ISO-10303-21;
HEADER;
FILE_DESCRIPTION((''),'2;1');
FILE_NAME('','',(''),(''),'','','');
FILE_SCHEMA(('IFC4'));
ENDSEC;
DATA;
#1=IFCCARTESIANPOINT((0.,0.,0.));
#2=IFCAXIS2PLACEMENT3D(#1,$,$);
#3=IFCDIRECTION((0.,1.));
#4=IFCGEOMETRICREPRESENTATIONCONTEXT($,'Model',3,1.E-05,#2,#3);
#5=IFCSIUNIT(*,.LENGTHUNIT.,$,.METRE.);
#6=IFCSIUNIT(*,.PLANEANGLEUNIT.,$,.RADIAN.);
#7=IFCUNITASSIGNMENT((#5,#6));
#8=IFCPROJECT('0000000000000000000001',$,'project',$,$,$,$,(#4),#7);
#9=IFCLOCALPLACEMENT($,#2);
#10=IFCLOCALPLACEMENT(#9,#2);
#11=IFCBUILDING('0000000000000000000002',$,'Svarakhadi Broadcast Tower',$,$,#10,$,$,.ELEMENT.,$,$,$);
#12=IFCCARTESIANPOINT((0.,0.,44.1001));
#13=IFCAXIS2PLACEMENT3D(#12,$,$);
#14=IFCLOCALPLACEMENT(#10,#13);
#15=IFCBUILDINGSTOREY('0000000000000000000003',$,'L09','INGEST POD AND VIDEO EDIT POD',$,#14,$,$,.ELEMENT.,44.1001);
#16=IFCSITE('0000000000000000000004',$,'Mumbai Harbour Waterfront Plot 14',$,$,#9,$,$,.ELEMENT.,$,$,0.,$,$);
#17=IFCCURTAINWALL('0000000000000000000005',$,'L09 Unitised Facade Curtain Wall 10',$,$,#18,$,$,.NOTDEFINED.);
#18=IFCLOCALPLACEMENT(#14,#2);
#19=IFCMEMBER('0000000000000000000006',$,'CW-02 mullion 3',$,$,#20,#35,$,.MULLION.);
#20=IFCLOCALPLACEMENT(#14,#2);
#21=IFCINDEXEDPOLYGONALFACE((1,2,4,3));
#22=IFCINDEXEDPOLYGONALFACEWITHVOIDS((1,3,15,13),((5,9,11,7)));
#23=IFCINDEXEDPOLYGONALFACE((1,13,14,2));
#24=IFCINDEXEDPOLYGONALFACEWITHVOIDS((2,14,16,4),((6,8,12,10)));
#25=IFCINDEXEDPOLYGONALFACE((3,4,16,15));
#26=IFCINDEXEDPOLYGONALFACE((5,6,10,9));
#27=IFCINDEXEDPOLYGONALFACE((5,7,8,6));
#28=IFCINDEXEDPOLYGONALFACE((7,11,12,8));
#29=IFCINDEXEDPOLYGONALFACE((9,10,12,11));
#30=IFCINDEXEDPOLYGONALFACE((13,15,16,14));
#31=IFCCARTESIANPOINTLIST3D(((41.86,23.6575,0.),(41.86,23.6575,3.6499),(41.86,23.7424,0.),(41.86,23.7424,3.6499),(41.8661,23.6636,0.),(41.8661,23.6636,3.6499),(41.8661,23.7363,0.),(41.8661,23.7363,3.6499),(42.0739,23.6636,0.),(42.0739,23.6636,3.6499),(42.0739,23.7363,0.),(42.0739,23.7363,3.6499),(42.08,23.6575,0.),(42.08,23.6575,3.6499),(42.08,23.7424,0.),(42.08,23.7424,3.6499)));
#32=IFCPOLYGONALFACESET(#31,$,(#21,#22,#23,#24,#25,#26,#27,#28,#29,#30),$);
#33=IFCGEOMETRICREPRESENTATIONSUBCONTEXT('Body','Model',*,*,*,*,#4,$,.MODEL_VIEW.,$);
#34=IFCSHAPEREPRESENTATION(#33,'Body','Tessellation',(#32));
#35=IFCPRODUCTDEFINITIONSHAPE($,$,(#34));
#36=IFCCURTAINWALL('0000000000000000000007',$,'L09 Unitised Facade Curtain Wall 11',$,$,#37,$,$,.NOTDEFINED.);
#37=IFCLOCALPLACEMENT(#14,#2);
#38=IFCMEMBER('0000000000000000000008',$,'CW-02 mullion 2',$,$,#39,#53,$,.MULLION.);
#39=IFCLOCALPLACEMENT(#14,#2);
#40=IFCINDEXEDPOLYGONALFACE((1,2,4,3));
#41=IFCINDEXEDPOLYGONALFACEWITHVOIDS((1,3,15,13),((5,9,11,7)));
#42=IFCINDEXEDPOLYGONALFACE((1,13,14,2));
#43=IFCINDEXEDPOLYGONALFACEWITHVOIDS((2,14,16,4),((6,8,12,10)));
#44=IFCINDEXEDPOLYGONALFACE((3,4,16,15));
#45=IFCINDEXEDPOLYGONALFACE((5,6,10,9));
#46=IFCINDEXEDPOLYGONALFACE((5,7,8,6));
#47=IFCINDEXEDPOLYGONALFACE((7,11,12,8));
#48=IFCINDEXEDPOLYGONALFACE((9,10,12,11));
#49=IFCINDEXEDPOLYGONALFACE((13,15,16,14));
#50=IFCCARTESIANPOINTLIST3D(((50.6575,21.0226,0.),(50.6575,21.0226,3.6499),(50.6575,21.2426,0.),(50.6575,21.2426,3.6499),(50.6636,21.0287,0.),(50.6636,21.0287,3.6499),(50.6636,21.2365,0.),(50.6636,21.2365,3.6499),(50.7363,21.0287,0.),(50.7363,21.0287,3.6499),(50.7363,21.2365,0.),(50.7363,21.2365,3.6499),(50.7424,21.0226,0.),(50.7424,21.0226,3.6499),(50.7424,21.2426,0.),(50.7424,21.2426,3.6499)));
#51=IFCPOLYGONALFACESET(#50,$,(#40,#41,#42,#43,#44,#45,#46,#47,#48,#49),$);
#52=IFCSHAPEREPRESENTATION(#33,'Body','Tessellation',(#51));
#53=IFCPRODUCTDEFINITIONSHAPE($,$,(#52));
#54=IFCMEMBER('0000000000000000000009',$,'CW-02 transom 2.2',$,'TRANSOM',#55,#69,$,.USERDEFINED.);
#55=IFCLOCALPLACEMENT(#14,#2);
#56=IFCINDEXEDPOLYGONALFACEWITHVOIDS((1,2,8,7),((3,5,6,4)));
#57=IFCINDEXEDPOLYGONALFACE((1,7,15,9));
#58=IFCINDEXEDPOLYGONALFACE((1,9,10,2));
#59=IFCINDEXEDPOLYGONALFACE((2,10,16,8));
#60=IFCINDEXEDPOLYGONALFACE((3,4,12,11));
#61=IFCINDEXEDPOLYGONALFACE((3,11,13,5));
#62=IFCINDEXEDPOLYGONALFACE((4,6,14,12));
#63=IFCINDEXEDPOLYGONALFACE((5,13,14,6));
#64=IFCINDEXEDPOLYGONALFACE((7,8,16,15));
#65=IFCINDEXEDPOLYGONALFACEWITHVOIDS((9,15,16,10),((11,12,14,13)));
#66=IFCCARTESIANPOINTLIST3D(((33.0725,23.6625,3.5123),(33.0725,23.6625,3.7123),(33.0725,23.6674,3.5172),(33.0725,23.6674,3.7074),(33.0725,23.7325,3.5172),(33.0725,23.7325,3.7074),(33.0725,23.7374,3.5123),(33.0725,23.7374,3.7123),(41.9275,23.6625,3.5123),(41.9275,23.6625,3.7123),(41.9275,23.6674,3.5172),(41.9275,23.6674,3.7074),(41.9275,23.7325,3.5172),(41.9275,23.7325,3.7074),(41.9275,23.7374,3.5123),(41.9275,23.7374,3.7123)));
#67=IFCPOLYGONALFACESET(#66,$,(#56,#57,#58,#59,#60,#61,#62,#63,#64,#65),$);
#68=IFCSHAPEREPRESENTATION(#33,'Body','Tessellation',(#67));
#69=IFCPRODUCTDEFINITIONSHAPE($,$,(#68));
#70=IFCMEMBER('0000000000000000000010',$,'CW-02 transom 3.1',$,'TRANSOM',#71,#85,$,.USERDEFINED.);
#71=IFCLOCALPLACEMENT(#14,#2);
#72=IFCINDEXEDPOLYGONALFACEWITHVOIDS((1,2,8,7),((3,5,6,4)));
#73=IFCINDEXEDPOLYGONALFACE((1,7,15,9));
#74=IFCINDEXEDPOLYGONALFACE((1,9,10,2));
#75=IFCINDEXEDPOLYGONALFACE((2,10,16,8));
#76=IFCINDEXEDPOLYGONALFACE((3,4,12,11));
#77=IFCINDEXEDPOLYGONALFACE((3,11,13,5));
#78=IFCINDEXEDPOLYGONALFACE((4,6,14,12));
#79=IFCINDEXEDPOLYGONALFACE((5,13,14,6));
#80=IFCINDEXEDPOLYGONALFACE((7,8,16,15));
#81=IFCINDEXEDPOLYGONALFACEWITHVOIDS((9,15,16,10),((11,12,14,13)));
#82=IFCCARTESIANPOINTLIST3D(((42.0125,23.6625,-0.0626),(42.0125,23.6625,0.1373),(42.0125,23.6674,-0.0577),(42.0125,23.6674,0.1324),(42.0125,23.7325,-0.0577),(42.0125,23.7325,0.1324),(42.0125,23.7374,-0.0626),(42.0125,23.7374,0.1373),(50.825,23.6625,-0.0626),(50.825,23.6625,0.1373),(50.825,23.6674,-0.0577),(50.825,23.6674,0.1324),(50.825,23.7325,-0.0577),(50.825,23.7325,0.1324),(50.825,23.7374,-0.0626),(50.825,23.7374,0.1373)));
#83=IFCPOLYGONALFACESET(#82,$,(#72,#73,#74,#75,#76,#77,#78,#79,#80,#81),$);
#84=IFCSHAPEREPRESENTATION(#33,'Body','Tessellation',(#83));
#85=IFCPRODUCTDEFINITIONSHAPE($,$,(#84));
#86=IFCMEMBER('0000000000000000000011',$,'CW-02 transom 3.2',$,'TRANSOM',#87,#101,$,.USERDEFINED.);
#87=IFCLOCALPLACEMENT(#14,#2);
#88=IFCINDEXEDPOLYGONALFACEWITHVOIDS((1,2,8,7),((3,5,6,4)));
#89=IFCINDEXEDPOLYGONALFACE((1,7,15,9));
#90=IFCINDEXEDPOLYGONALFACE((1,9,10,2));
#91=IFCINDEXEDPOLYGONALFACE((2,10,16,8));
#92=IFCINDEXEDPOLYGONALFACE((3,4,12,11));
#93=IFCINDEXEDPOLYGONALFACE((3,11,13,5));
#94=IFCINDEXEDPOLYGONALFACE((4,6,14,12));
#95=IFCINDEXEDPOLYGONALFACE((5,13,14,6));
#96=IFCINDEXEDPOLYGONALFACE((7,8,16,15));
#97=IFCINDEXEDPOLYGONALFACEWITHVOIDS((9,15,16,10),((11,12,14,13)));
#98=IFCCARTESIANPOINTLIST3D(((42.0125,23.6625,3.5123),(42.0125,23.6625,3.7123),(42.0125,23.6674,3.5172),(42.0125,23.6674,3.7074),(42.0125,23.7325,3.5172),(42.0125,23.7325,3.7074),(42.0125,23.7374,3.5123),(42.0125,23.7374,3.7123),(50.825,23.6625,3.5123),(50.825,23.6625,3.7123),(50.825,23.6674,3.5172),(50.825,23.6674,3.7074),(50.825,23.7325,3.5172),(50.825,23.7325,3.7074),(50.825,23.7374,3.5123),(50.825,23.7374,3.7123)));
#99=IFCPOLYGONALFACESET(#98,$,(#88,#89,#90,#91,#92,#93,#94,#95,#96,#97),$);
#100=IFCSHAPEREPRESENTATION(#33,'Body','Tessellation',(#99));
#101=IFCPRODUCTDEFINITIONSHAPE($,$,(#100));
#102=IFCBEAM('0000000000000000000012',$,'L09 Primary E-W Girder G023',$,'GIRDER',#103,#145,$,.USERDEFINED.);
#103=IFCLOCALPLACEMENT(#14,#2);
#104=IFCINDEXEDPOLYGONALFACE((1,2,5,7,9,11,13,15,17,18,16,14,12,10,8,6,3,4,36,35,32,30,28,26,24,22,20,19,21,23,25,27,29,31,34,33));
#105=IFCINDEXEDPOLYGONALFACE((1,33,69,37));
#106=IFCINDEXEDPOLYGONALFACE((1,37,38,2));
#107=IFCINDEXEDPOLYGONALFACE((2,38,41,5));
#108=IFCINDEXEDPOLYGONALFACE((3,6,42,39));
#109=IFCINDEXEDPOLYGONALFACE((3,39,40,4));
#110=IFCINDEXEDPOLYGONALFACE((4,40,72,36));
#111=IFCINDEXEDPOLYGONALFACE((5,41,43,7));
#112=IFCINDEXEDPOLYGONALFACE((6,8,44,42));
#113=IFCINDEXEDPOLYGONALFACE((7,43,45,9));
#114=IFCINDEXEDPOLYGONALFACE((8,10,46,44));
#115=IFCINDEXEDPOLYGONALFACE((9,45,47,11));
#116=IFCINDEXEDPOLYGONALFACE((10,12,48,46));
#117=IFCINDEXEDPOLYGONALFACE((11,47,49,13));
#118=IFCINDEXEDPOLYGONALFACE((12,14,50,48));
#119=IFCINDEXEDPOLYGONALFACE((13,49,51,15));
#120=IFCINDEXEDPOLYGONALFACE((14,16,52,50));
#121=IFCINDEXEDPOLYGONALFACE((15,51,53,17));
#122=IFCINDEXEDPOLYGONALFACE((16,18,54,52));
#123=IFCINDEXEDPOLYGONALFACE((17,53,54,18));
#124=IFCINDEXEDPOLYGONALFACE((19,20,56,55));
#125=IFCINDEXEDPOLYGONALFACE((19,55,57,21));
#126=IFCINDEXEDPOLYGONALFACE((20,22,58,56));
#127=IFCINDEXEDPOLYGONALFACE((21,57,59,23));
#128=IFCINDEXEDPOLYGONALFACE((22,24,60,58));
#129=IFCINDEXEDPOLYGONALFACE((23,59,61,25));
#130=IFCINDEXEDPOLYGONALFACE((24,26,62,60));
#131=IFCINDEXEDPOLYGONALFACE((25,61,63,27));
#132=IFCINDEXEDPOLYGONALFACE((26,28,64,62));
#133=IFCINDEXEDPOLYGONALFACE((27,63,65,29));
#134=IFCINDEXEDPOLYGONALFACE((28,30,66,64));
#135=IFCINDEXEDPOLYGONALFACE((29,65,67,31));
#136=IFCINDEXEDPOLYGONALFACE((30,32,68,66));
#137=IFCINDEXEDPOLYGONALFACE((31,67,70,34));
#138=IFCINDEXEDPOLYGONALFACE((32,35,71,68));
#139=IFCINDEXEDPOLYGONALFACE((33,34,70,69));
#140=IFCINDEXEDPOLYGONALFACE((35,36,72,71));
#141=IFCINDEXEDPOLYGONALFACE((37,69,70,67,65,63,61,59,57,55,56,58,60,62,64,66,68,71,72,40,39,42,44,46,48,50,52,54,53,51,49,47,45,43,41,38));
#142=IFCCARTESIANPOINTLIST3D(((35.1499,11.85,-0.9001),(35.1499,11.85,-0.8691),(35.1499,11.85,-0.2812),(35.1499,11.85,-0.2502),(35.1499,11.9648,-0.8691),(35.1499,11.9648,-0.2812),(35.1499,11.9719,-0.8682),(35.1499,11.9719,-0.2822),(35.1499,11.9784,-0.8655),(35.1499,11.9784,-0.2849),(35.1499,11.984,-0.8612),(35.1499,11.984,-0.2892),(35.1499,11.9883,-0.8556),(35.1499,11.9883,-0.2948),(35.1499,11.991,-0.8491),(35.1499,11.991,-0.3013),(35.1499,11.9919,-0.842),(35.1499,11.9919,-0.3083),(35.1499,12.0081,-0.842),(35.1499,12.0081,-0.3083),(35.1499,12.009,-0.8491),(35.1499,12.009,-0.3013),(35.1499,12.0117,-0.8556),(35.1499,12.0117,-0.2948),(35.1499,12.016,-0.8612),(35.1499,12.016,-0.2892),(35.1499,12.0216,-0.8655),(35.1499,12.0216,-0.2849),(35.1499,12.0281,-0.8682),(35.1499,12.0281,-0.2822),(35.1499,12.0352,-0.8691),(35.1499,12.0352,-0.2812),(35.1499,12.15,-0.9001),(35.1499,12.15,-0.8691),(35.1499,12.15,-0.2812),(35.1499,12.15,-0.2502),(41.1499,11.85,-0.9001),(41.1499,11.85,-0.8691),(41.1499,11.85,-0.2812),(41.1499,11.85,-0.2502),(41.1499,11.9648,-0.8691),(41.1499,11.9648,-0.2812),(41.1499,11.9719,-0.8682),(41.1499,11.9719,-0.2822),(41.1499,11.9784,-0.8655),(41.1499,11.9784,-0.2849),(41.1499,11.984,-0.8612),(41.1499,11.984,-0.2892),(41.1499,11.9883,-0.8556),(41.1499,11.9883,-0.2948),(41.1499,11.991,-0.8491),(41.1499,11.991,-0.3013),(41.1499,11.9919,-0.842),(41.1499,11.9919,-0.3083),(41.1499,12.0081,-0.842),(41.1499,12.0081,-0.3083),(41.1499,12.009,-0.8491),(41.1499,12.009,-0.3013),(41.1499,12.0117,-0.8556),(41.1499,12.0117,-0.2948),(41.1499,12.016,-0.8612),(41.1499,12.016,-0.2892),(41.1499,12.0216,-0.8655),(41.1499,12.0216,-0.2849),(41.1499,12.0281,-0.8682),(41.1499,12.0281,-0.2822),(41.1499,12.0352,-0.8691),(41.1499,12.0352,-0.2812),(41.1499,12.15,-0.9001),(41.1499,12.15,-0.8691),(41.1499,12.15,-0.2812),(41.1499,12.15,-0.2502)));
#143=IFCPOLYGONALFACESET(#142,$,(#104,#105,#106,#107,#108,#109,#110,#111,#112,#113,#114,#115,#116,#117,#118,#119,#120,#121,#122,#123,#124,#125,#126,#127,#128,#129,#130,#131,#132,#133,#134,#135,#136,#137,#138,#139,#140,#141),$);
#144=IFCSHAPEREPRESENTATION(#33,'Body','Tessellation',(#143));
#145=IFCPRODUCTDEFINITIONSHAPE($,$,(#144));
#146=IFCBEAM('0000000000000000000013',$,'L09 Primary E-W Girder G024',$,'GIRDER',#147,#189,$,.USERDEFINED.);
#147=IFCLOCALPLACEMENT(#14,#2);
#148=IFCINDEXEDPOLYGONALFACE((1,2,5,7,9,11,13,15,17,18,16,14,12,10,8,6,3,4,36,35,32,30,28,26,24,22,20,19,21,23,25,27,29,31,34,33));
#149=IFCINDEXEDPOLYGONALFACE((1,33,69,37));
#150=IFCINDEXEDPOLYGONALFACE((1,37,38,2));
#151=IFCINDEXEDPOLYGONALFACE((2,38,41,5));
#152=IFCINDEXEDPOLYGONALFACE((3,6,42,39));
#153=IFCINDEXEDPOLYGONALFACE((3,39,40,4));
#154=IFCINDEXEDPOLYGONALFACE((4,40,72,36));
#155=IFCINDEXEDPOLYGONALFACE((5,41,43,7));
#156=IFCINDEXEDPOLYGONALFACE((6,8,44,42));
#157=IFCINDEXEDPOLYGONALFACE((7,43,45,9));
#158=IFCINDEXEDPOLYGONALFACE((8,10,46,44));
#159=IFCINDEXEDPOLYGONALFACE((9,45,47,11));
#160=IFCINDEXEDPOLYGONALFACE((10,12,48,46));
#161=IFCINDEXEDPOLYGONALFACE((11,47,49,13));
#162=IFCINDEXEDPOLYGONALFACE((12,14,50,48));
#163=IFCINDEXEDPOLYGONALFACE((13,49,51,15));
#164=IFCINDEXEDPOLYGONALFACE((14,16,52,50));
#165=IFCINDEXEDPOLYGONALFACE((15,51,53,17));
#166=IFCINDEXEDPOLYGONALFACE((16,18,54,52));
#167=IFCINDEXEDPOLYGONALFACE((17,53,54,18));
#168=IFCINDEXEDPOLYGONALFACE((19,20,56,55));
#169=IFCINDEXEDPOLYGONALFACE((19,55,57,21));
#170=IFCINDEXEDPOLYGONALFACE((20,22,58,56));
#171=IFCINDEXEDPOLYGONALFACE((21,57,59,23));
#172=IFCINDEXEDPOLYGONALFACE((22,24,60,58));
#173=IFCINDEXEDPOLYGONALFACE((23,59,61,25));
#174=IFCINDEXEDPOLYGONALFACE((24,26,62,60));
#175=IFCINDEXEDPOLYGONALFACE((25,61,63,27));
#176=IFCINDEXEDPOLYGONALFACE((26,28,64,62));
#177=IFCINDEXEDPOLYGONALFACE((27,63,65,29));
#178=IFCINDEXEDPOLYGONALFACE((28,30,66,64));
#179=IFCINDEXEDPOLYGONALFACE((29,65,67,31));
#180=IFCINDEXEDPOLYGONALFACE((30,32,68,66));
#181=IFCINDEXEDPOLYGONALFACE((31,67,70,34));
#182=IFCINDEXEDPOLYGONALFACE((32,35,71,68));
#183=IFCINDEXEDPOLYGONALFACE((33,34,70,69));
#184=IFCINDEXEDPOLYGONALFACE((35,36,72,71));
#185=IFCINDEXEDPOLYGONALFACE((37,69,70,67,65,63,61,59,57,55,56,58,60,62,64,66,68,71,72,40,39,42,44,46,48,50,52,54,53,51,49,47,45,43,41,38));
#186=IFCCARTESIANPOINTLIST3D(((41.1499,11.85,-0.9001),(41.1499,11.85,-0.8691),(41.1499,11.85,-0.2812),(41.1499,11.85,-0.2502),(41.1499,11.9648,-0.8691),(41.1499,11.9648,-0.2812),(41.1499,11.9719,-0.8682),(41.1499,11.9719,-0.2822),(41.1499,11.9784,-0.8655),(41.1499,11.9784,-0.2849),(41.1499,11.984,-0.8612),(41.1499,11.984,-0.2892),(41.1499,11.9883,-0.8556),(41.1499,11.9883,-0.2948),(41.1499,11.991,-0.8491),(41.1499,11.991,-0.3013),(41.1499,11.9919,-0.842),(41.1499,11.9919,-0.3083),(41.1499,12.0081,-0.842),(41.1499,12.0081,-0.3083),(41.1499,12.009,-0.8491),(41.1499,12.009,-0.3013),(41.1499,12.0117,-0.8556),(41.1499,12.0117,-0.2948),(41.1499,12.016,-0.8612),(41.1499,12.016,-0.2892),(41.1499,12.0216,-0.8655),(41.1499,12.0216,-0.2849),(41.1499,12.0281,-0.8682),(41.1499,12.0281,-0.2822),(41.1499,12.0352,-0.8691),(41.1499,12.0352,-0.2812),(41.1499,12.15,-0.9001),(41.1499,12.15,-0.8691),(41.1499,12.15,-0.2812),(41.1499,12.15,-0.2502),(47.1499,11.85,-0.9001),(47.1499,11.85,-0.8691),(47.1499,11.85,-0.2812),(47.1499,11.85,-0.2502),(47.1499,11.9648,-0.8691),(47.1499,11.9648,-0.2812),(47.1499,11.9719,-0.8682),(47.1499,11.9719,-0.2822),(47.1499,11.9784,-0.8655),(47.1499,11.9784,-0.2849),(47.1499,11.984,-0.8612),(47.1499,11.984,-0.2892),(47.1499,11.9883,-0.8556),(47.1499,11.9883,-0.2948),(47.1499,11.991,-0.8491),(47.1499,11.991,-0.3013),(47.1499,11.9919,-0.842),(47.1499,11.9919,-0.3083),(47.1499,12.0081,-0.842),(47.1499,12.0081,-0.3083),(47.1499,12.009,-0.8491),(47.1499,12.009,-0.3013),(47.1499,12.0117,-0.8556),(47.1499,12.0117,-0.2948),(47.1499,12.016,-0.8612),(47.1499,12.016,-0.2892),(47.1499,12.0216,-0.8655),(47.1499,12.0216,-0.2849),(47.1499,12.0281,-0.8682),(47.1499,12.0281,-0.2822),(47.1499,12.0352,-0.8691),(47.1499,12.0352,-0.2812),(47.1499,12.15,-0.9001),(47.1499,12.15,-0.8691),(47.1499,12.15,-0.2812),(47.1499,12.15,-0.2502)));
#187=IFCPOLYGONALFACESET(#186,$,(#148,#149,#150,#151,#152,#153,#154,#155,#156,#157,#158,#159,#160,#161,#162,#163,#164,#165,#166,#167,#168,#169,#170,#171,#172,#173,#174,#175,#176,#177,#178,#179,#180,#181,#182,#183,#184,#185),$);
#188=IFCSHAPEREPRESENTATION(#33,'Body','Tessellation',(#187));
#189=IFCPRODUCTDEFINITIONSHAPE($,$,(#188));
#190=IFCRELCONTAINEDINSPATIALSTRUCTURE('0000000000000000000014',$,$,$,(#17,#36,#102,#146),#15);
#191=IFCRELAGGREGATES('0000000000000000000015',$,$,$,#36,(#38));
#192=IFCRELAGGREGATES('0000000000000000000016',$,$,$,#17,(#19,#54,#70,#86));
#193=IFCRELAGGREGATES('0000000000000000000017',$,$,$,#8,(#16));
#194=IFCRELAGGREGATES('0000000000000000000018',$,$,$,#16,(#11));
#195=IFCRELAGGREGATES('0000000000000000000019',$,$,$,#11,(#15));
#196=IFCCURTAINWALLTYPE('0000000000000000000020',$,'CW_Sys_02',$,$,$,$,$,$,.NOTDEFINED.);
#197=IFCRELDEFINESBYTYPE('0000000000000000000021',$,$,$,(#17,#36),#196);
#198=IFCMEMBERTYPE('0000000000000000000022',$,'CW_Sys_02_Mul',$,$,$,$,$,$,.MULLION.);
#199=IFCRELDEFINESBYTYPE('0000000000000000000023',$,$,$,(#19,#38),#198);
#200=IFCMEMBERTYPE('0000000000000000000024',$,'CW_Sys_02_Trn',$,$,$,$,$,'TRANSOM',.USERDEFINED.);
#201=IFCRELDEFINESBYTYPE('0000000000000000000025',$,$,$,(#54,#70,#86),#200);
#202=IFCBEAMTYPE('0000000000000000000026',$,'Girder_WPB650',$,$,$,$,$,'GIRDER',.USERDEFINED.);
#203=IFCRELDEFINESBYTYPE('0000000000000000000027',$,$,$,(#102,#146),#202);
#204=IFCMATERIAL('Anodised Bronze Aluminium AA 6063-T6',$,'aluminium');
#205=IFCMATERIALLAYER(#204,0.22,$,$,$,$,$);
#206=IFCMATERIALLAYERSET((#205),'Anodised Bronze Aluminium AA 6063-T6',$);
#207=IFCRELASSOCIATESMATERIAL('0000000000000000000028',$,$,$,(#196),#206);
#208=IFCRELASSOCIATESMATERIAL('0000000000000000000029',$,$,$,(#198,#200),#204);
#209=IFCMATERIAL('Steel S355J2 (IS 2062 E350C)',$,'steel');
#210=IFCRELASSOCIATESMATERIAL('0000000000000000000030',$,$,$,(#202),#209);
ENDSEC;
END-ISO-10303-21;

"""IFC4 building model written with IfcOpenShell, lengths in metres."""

from ifc_helpers import new_model, si_unit, direction, frame, origin, origin_2d, place, context, subcontext, project, spatial, hollow_rectangle, i_section, extrude, material, layer, layer_set, material_profile, profile_set, type_object, element, aggregate, save


model = new_model("IFC4")

# Units and contexts
model_context = context("Model", 3, precision=1e-05, world=origin(), true_north=direction((0.0, 1.0)))
body_context = subcontext(model_context, "Body", "Model", "MODEL_VIEW")
ifc_project = project(units=[si_unit("LENGTHUNIT", "METRE"), si_unit("PLANEANGLEUNIT", "RADIAN")], contexts=[model_context])

# Site, building, storey
site_placement = place(None, origin())
site = spatial("IfcSite", under=ifc_project, at=site_placement, Name="Mumbai Harbour Waterfront Plot 14", CompositionType="ELEMENT", RefElevation=0.0)
building_placement = place(site_placement, origin())
building = spatial("IfcBuilding", under=site, at=building_placement, Name="Svarakhadi Broadcast Tower", CompositionType="ELEMENT")
storey_placement = place(building_placement, frame((0.0, 0.0, 44.1001)))
storey = spatial("IfcBuildingStorey", under=building, at=storey_placement, Name="L09", Description="INGEST POD AND VIDEO EDIT POD", CompositionType="ELEMENT", Elevation=44.1001)

# Shared definitions
ifc_material_1 = material(Name="Steel S355J2 (IS 2062 E350C)", Category="steel")

# Curtain walls, members
ifc_material_2 = material(Name="Anodised Bronze Aluminium AA 6063-T6", Category="aluminium")
ifc_layer_1 = layer(ifc_material_2, 0.22)
ifc_layer_set_1 = layer_set([ifc_layer_1], Name="Anodised Bronze Aluminium AA 6063-T6")
curtain_wall_type = type_object("IfcCurtainWallType", Name="CW_Sys_02", PredefinedType="NOTDEFINED", material=ifc_layer_set_1)
curtain_wall_1_placement = place(storey_placement, origin())
curtain_wall_1 = element("IfcCurtainWall", 1, at=curtain_wall_1_placement, inside=storey, type_object=curtain_wall_type, Name="L09 Unitised Facade Curtain Wall 10", PredefinedType="NOTDEFINED")
ifc_material_profile_1 = material_profile(ifc_material_2, hollow_rectangle(XDim=0.085, YDim=0.22, WallThickness=0.0061, at=origin_2d()), Name="ALU MULLION 220x85x6")
ifc_profile_set_1 = profile_set([ifc_material_profile_1], Name="Anodised Bronze Aluminium AA 6063-T6")
member_type_1 = type_object("IfcMemberType", Name="CW_Sys_02_Mul", PredefinedType="MULLION", material=ifc_profile_set_1)
member_1_placement = place(storey_placement, frame((41.97, 23.7, 0.0), z_axis=(0.0, 0.0, 1.0), x_axis=(0.0, 1.0, 0.0)))
member_1 = element("IfcMember", 2, at=member_1_placement, type_object=member_type_1, Name="CW-02 mullion 3", PredefinedType="MULLION", context=body_context, shape_type="SweptSolid", body=[
    extrude(hollow_rectangle(XDim=0.085, YDim=0.22, WallThickness=0.0061, at=origin_2d()), origin(), (0.0, 0.0, 1.0), 3.6499),
])
curtain_wall_2_placement = place(storey_placement, origin())
curtain_wall_2 = element("IfcCurtainWall", 3, at=curtain_wall_2_placement, inside=storey, type_object=curtain_wall_type, Name="L09 Unitised Facade Curtain Wall 11", PredefinedType="NOTDEFINED")
member_2_placement = place(storey_placement, frame((50.7, 21.1326, 0.0), z_axis=(0.0, 0.0, 1.0), x_axis=(1.0, 0.0, 0.0)))
member_2 = element("IfcMember", 4, at=member_2_placement, type_object=member_type_1, Name="CW-02 mullion 2", PredefinedType="MULLION", context=body_context, shape_type="SweptSolid", body=[
    extrude(hollow_rectangle(XDim=0.085, YDim=0.22, WallThickness=0.0061, at=origin_2d()), origin(), (0.0, 0.0, 1.0), 3.6499),
])
aggregate(curtain_wall_2, [member_2])

# Members
ifc_material_profile_2 = material_profile(ifc_material_2, hollow_rectangle(XDim=0.075, YDim=0.2, WallThickness=0.0049, at=origin_2d()), Name="ALU TRANSOM 200x75x5")
ifc_profile_set_2 = profile_set([ifc_material_profile_2], Name="Anodised Bronze Aluminium AA 6063-T6")
member_type_2 = type_object("IfcMemberType", Name="CW_Sys_02_Trn", ElementType="TRANSOM", PredefinedType="USERDEFINED", material=ifc_profile_set_2)
member_3_placement = place(storey_placement, frame((33.0725, 23.7, 3.6123), z_axis=(1.0, 0.0, 0.0), x_axis=(0.0, 1.0, 0.0)))
member_3 = element("IfcMember", 5, at=member_3_placement, type_object=member_type_2, Name="CW-02 transom 2.2", ObjectType="TRANSOM", PredefinedType="USERDEFINED", context=body_context, shape_type="SweptSolid", body=[
    extrude(hollow_rectangle(XDim=0.075, YDim=0.2, WallThickness=0.0049, at=origin_2d()), origin(), (0.0, 0.0, 1.0), 8.855),
])
member_4_placement = place(storey_placement, frame((42.0125, 23.7, 0.0374), z_axis=(1.0, 0.0, 0.0), x_axis=(0.0, 1.0, 0.0)))
member_4 = element("IfcMember", 6, at=member_4_placement, type_object=member_type_2, Name="CW-02 transom 3.1", ObjectType="TRANSOM", PredefinedType="USERDEFINED", context=body_context, shape_type="SweptSolid", body=[
    extrude(hollow_rectangle(XDim=0.075, YDim=0.2, WallThickness=0.0049, at=origin_2d()), origin(), (0.0, 0.0, 1.0), 8.8125),
])
member_5_placement = place(storey_placement, frame((42.0125, 23.7, 3.6123), z_axis=(1.0, 0.0, 0.0), x_axis=(0.0, 1.0, 0.0)))
member_5 = element("IfcMember", 7, at=member_5_placement, type_object=member_type_2, Name="CW-02 transom 3.2", ObjectType="TRANSOM", PredefinedType="USERDEFINED", context=body_context, shape_type="SweptSolid", body=[
    extrude(hollow_rectangle(XDim=0.075, YDim=0.2, WallThickness=0.0049, at=origin_2d()), origin(), (0.0, 0.0, 1.0), 8.8125),
])

# Beams
ifc_material_profile_3 = material_profile(ifc_material_1, i_section(OverallWidth=0.3, OverallDepth=0.6499, WebThickness=0.0161, FlangeThickness=0.031, FilletRadius=0.0271, at=origin_2d()), Name="WPB 650x300x225")
ifc_profile_set_3 = profile_set([ifc_material_profile_3], Name="Steel S355J2 (IS 2062 E350C)")
beam_type_1 = type_object("IfcBeamType", Name="Girder_WPB650", ElementType="GIRDER", PredefinedType="USERDEFINED", material=ifc_profile_set_3)
for number, where, z_axis, x_axis, name in (
    (8, (35.1499, 12.0, -0.5752), (1.0, 0.0, 0.0), (0.0, 1.0, 0.0), "L09 Primary E-W Girder G023"),
    (9, (41.1499, 12.0, -0.5752), (1.0, 0.0, 0.0), (0.0, 1.0, 0.0), "L09 Primary E-W Girder G024"),
):
    element("IfcBeam", number, at=place(storey_placement, frame(where, z_axis=z_axis, x_axis=x_axis)), inside=storey, type_object=beam_type_1, Name=name, ObjectType="GIRDER", PredefinedType="USERDEFINED", context=body_context, shape_type="SweptSolid", body=[
        extrude(i_section(OverallWidth=0.3, OverallDepth=0.6499, WebThickness=0.0161, FlangeThickness=0.031, FilletRadius=0.0271, at=origin_2d()), origin(), (0.0, 0.0, 1.0), 6.0),
    ])

aggregate(curtain_wall_1, [member_1, member_3, member_4, member_5])

save(model, "model.ifc")
